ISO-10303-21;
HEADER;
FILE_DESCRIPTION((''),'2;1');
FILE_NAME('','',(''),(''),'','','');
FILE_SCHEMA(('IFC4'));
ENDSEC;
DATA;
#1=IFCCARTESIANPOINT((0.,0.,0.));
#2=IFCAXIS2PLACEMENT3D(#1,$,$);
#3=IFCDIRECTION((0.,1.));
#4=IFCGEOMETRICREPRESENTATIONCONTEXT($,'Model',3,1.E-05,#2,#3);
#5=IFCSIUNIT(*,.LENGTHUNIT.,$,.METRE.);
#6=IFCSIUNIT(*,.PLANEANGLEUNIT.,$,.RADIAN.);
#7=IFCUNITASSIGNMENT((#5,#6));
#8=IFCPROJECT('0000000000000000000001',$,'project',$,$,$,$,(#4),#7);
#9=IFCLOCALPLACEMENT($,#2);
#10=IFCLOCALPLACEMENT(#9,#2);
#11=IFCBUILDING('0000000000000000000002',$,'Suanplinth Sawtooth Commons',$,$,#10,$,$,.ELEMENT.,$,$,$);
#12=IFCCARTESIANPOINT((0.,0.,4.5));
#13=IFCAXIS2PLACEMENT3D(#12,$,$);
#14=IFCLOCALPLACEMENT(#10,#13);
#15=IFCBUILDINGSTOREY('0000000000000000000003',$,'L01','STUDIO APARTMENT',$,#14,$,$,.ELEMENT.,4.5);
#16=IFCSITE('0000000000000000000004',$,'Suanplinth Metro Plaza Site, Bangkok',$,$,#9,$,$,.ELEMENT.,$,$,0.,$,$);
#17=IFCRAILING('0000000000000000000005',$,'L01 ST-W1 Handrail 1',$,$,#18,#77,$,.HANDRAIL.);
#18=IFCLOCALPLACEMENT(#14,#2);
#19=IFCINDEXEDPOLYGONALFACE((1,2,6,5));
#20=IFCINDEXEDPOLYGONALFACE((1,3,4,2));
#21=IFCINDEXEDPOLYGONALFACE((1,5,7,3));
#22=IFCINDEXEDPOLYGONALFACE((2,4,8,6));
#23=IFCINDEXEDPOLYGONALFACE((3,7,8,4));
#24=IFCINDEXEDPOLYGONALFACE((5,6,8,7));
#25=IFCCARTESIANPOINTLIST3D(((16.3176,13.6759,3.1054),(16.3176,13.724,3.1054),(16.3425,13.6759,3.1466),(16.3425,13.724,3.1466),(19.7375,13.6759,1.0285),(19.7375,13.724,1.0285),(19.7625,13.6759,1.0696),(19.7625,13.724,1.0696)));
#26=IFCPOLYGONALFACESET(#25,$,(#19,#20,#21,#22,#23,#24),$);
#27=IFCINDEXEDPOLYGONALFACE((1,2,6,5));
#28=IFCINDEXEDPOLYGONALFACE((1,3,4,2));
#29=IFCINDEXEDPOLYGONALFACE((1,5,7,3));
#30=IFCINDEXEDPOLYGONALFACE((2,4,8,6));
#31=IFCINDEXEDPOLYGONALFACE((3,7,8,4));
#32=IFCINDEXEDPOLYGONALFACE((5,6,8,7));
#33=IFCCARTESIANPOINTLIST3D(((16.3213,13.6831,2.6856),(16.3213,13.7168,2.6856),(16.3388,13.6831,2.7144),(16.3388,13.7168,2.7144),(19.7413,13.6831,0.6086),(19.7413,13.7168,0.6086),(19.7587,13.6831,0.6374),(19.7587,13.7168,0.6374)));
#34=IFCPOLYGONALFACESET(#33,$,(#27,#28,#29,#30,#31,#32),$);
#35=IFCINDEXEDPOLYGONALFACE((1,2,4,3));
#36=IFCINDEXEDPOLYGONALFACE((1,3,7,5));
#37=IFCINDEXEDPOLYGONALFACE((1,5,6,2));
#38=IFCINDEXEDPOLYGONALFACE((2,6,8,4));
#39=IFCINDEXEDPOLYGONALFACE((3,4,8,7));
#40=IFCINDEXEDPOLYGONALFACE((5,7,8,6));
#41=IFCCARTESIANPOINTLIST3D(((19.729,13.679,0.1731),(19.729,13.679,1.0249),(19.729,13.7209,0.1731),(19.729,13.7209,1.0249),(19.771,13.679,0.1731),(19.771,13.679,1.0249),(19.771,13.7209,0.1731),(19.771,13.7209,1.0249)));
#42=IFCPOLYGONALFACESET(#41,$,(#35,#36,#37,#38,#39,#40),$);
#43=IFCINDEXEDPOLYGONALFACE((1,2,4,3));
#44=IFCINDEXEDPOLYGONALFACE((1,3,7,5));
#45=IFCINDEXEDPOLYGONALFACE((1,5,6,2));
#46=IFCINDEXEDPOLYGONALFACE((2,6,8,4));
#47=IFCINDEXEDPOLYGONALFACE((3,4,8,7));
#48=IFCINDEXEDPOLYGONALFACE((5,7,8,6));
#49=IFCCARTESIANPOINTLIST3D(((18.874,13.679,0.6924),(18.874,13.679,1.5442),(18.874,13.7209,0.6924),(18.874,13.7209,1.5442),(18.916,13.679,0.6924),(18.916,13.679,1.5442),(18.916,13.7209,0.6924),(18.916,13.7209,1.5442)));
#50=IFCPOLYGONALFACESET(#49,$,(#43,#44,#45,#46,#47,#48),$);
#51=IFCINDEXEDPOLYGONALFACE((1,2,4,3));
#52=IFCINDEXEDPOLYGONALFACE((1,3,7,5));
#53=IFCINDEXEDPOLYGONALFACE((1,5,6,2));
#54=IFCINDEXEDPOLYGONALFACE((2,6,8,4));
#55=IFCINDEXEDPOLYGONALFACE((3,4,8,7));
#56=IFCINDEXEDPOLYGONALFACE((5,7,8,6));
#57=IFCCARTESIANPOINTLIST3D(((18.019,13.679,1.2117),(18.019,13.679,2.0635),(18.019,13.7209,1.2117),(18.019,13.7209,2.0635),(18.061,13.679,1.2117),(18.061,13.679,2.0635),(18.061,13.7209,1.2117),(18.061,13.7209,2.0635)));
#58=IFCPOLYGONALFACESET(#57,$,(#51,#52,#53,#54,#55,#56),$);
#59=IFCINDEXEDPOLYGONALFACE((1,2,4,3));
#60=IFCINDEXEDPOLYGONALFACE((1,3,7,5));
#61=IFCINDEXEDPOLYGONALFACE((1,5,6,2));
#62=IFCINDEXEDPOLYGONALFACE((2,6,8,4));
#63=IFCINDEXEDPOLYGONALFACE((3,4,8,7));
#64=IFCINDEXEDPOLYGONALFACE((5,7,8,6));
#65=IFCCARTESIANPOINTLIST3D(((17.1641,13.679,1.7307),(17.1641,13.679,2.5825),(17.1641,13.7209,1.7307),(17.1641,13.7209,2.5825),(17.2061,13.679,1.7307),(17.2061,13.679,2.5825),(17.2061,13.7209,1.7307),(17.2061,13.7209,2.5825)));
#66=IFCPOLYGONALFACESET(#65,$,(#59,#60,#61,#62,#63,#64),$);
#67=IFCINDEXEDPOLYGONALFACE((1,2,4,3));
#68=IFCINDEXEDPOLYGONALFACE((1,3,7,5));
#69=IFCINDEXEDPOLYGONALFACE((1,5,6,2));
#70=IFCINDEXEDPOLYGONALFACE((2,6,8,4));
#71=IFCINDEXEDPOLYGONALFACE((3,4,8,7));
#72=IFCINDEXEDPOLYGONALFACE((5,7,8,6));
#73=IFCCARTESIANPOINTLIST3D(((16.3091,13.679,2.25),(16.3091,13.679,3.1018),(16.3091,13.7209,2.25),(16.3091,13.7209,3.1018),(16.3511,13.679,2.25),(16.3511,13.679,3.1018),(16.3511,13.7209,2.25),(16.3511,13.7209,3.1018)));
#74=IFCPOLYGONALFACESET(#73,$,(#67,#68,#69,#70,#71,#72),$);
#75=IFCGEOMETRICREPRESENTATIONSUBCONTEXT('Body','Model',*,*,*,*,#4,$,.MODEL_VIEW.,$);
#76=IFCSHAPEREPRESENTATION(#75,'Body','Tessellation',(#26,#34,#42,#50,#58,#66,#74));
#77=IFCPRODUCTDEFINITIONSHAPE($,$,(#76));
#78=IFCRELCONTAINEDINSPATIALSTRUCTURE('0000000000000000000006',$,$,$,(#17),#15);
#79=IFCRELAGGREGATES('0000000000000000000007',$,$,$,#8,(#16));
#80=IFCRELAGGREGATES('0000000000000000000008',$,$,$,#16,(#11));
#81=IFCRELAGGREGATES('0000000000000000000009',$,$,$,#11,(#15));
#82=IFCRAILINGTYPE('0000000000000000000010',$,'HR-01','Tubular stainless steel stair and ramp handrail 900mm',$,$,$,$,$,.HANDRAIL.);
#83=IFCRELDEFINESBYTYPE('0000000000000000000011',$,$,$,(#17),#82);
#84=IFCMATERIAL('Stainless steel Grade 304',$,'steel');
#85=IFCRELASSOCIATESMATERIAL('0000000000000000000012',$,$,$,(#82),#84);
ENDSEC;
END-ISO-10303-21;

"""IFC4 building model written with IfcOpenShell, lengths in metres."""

from ifc_helpers import new_model, si_unit, direction, frame, origin, origin_2d, place, context, subcontext, project, spatial, rectangle, extrude, material, type_object, element, save


model = new_model("IFC4")

# Units and contexts
model_context = context("Model", 3, precision=1e-05, world=origin(), true_north=direction((0.0, 1.0)))
body_context = subcontext(model_context, "Body", "Model", "MODEL_VIEW")
ifc_project = project(units=[si_unit("LENGTHUNIT", "METRE"), si_unit("PLANEANGLEUNIT", "RADIAN")], contexts=[model_context])

# Site, building, storey
site_placement = place(None, origin())
site = spatial("IfcSite", under=ifc_project, at=site_placement, Name="Suanplinth Metro Plaza Site, Bangkok", CompositionType="ELEMENT", RefElevation=0.0)
building_placement = place(site_placement, origin())
building = spatial("IfcBuilding", under=site, at=building_placement, Name="Suanplinth Sawtooth Commons", CompositionType="ELEMENT")
storey_placement = place(building_placement, frame((0.0, 0.0, 4.5)))
storey = spatial("IfcBuildingStorey", under=building, at=storey_placement, Name="L01", Description="STUDIO APARTMENT", CompositionType="ELEMENT", Elevation=4.5)

# Railing
ifc_material_1 = material(Name="Stainless steel Grade 304", Category="steel")
railing_type_1 = type_object("IfcRailingType", Name="HR-01", Description="Tubular stainless steel stair and ramp handrail 900mm", PredefinedType="HANDRAIL", material=ifc_material_1)
railing_1_placement = place(storey_placement, frame((19.75, 13.7, 0.1731)))
element("IfcRailing", 1, at=railing_1_placement, inside=storey, type_object=railing_type_1, Name="L01 ST-W1 Handrail 1", PredefinedType="HANDRAIL", context=body_context, shape_type="SweptSolid", body=[
    extrude(rectangle(XDim=0.0481, YDim=0.0481, at=origin_2d()), frame((0.0, 0.0, 0.876), z_axis=(-0.85473, 0.0, 0.519074), x_axis=(0.0, -1.0, 0.0)), (0.0, 0.0, 1.0), 4.0012),
    extrude(rectangle(XDim=0.0337, YDim=0.0337, at=origin_2d()), frame((0.0, 0.0, 0.45), z_axis=(-0.85473, 0.0, 0.519074), x_axis=(0.0, -1.0, 0.0)), (0.0, 0.0, 1.0), 4.0012),
    extrude(rectangle(XDim=0.042, YDim=0.042, at=origin_2d()), origin(), (0.0, 0.0, 1.0), 0.8518),
    extrude(rectangle(XDim=0.042, YDim=0.042, at=origin_2d()), frame((-0.855, 0.0, 0.5193)), (0.0, 0.0, 1.0), 0.8518),
    extrude(rectangle(XDim=0.042, YDim=0.042, at=origin_2d()), frame((-1.71, 0.0, 1.0386)), (0.0, 0.0, 1.0), 0.8518),
    extrude(rectangle(XDim=0.042, YDim=0.042, at=origin_2d()), frame((-2.5649, 0.0, 1.5576)), (0.0, 0.0, 1.0), 0.8518),
    extrude(rectangle(XDim=0.042, YDim=0.042, at=origin_2d()), frame((-3.4199, 0.0, 2.0769)), (0.0, 0.0, 1.0), 0.8518),
])

save(model, "model.ifc")
